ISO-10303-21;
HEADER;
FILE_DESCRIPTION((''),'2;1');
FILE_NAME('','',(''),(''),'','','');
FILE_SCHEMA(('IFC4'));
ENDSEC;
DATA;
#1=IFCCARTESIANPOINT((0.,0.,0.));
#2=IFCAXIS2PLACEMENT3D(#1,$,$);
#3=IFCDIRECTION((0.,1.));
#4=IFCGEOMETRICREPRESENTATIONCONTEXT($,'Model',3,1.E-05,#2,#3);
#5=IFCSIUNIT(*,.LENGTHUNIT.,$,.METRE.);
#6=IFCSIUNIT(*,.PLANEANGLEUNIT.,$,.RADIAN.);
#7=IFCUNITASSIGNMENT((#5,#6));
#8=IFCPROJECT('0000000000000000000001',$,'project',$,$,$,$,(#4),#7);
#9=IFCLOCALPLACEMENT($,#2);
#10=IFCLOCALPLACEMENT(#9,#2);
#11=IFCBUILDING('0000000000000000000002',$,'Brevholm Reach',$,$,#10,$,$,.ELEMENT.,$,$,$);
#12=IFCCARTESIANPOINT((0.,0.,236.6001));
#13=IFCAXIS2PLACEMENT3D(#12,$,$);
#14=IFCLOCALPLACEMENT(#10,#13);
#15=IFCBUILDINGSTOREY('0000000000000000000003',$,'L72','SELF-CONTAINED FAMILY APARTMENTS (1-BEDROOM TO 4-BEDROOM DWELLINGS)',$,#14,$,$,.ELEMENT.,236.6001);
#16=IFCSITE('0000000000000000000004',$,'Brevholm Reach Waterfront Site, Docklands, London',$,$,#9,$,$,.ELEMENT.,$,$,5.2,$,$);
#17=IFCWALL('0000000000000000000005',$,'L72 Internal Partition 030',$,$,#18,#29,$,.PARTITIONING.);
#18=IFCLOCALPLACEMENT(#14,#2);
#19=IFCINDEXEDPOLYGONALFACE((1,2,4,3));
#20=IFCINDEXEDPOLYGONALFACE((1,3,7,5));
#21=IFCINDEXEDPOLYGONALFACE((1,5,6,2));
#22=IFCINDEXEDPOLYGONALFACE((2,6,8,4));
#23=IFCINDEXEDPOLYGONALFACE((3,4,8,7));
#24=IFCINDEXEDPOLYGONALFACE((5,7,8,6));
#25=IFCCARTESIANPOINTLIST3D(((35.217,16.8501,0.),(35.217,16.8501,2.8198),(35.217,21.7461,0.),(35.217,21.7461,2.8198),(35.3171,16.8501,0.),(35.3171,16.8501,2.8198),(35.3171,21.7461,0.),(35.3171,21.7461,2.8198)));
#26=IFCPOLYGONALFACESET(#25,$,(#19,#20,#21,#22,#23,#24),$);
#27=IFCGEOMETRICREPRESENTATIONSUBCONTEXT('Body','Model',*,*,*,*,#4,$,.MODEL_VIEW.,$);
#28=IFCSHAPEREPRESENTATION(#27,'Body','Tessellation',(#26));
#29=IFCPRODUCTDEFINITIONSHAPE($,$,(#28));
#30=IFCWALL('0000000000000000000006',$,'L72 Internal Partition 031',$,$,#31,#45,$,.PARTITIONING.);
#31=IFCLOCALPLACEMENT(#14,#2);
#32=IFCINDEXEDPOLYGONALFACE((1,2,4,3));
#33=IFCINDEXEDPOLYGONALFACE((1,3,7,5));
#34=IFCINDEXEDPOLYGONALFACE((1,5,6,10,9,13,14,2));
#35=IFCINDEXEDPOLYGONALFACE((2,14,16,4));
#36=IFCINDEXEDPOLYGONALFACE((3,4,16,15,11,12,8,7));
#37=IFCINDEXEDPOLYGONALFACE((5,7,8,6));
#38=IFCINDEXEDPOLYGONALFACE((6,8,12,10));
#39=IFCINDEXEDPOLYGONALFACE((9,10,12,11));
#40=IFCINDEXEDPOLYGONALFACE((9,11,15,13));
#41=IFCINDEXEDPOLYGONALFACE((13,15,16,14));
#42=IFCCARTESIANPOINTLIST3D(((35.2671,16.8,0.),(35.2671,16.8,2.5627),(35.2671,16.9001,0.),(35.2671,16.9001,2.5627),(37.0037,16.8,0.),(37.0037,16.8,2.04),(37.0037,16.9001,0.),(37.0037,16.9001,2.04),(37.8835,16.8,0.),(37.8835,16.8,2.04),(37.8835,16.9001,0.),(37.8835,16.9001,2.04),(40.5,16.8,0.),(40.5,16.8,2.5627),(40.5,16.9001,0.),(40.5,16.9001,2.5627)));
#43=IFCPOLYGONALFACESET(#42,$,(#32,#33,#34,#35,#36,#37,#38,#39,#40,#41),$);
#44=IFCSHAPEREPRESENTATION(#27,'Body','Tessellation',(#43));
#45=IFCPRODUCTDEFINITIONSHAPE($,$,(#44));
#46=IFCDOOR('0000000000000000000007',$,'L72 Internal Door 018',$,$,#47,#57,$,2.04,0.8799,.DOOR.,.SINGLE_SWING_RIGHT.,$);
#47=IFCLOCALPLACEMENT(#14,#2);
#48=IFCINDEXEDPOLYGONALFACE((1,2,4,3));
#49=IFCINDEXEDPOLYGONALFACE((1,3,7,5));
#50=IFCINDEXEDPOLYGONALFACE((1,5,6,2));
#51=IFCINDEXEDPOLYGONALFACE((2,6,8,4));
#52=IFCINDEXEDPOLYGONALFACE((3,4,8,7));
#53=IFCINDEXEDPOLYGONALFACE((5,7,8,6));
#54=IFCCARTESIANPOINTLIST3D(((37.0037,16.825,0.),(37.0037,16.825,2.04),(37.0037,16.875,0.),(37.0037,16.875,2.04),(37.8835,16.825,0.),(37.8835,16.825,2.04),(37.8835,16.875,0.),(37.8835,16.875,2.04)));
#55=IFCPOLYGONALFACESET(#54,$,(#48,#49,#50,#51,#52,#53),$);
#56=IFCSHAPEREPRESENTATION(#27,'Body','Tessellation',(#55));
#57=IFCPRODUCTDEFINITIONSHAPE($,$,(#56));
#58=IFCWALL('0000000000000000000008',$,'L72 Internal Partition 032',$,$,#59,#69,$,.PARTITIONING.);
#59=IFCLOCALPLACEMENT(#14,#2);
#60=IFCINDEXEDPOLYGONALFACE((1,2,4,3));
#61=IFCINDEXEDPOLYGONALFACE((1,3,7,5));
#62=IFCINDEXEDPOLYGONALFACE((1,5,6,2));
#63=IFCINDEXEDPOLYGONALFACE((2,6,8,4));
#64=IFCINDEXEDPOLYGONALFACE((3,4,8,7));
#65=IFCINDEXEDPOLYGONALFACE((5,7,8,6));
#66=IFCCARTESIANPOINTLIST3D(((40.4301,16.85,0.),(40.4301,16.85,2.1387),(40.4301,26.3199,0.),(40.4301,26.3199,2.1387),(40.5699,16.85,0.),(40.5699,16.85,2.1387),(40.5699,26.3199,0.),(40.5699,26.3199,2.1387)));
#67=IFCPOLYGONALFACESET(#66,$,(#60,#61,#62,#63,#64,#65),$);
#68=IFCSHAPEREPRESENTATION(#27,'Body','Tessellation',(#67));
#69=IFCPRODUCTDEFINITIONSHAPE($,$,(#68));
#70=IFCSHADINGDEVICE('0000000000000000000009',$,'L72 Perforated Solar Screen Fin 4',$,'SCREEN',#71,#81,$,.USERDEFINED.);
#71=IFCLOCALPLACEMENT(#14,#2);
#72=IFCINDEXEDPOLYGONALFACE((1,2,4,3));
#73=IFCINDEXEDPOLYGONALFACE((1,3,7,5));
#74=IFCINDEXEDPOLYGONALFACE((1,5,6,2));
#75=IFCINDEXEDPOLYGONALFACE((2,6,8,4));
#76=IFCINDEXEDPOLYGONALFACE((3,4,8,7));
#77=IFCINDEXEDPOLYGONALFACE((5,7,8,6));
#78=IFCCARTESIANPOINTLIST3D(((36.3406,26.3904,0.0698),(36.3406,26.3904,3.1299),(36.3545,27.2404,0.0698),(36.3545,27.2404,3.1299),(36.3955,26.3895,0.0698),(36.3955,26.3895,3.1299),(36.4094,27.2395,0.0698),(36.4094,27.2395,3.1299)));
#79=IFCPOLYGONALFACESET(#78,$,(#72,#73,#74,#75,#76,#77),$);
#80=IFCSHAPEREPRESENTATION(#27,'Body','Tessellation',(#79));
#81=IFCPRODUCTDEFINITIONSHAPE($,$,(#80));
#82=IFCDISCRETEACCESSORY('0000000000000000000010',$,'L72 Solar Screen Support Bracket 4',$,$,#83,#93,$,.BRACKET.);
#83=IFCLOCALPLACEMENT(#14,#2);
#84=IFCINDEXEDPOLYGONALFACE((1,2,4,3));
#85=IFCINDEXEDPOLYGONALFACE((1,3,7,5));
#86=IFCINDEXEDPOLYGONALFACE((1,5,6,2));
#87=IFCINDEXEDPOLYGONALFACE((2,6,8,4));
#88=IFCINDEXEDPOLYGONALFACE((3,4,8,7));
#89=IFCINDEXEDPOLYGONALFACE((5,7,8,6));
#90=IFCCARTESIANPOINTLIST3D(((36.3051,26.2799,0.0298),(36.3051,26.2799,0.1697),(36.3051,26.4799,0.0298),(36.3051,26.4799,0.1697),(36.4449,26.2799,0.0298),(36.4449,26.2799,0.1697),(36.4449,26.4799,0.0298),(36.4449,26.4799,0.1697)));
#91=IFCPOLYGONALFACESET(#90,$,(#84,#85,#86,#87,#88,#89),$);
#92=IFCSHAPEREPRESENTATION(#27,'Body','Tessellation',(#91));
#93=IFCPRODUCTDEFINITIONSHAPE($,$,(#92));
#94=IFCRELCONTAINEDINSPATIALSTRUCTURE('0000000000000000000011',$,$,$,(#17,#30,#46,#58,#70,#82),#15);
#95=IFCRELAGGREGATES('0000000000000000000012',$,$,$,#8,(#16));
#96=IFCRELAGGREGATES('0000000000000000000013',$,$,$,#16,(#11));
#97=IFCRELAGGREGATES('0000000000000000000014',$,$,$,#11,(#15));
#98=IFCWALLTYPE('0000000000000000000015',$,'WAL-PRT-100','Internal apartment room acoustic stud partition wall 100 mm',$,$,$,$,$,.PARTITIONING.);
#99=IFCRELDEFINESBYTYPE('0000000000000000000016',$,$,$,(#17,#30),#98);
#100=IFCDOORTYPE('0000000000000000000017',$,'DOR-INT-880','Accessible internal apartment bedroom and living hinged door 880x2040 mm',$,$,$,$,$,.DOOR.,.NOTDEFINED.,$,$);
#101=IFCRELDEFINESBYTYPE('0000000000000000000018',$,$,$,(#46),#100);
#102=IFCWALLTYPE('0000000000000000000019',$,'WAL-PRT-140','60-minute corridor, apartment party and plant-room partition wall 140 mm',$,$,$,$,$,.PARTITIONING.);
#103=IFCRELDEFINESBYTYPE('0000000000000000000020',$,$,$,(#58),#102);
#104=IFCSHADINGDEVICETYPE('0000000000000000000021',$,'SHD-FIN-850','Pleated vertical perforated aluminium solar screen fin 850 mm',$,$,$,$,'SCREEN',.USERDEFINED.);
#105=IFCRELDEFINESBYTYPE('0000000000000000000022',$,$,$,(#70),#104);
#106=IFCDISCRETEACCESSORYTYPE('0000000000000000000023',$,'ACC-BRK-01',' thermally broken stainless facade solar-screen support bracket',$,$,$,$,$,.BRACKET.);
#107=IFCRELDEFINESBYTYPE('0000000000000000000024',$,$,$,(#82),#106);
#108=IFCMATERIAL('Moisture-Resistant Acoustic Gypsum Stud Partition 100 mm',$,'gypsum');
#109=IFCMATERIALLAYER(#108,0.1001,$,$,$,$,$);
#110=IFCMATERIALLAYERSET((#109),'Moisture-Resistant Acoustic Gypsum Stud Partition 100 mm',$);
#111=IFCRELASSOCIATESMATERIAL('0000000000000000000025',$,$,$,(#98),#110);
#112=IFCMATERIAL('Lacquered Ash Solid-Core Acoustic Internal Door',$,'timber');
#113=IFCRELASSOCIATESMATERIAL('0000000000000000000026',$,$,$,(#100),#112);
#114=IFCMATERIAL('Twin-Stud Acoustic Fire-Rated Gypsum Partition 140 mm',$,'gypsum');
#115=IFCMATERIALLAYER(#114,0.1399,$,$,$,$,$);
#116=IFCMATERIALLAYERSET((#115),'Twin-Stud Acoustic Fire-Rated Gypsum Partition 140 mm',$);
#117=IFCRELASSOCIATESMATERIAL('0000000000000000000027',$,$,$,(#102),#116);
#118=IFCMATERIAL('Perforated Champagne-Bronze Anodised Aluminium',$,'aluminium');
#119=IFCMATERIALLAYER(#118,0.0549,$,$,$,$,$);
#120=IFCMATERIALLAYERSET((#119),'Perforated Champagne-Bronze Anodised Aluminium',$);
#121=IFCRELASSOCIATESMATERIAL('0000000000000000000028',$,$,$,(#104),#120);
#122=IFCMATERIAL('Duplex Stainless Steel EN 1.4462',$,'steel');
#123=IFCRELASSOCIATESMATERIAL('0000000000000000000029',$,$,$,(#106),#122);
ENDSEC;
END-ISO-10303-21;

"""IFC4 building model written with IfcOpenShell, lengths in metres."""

from ifc_helpers import new_model, si_unit, direction, frame, frame_2d, origin, origin_2d, place, context, subcontext, project, spatial, rectangle, extrude, material, layer, layer_set, type_object, element, fill, save


model = new_model("IFC4")

# Units and contexts
model_context = context("Model", 3, precision=1e-05, world=origin(), true_north=direction((0.0, 1.0)))
body_context = subcontext(model_context, "Body", "Model", "MODEL_VIEW")
ifc_project = project(units=[si_unit("LENGTHUNIT", "METRE"), si_unit("PLANEANGLEUNIT", "RADIAN")], contexts=[model_context])

# Site, building, storey
site_placement = place(None, origin())
site = spatial("IfcSite", under=ifc_project, at=site_placement, Name="Brevholm Reach Waterfront Site, Docklands, London", CompositionType="ELEMENT", RefElevation=5.2)
building_placement = place(site_placement, origin())
building = spatial("IfcBuilding", under=site, at=building_placement, Name="Brevholm Reach", CompositionType="ELEMENT")
storey_placement = place(building_placement, frame((0.0, 0.0, 236.6001)))
storey = spatial("IfcBuildingStorey", under=building, at=storey_placement, Name="L72", Description="SELF-CONTAINED FAMILY APARTMENTS (1-BEDROOM TO 4-BEDROOM DWELLINGS)", CompositionType="ELEMENT", Elevation=236.6001)

# Wall
ifc_material_1 = material(Name="Moisture-Resistant Acoustic Gypsum Stud Partition 100 mm", Category="gypsum")
ifc_layer_1 = layer(ifc_material_1, 0.1001)
ifc_layer_set_1 = layer_set([ifc_layer_1], Name="Moisture-Resistant Acoustic Gypsum Stud Partition 100 mm")
wall_type_1 = type_object("IfcWallType", Name="WAL-PRT-100", Description="Internal apartment room acoustic stud partition wall 100 mm", PredefinedType="PARTITIONING", material=ifc_layer_set_1)
wall_1_placement = place(storey_placement, frame((35.2671, 16.8501, 0.0), z_axis=(0.0, 0.0, 1.0), x_axis=(0.0, 1.0, 0.0)))
element("IfcWall", 1, at=wall_1_placement, inside=storey, type_object=wall_type_1, Name="L72 Internal Partition 030", PredefinedType="PARTITIONING", context=body_context, shape_type="SweptSolid", body=[
    extrude(rectangle(XDim=4.896, YDim=0.1001, at=frame_2d((2.448, 0.0))), origin(), (0.0, 0.0, 1.0), 2.8198),
])

# Wall, opening, door
wall_2_placement = place(storey_placement, frame((35.2671, 16.8501, 0.0), z_axis=(0.0, 0.0, 1.0), x_axis=(1.0, 0.0, 0.0)))
wall_2 = element("IfcWall", 2, at=wall_2_placement, inside=storey, type_object=wall_type_1, Name="L72 Internal Partition 031", PredefinedType="PARTITIONING", context=body_context, shape_type="SweptSolid", body=[
    extrude(rectangle(XDim=5.2329, YDim=0.1001, at=frame_2d((2.6165, 0.0))), origin(), (0.0, 0.0, 1.0), 2.5627),
])
opening_1_placement = place(wall_2_placement, frame((1.7366, 0.0, 0.0)))
opening_1 = element("IfcOpeningElement", 3, at=opening_1_placement, cuts=wall_2, PredefinedType="OPENING", context=body_context, shape_type="SweptSolid", body=[
    extrude(rectangle(XDim=0.8799, YDim=2.04, at=frame_2d((0.4399, 1.02))), frame((0.0, 0.0601, 0.0), z_axis=(0.0, -1.0, 0.0), x_axis=(1.0, 0.0, 0.0)), (0.0, 0.0, 1.0), 0.1201),
])
ifc_material_2 = material(Name="Lacquered Ash Solid-Core Acoustic Internal Door", Category="timber")
door_type_1 = type_object("IfcDoorType", Name="DOR-INT-880", Description="Accessible internal apartment bedroom and living hinged door 880x2040 mm", OperationType="NOTDEFINED", PredefinedType="DOOR", material=ifc_material_2)
door_1_placement = place(opening_1_placement, origin())
door_1 = element("IfcDoor", 4, at=door_1_placement, inside=storey, type_object=door_type_1, Name="L72 Internal Door 018", OperationType="SINGLE_SWING_RIGHT", OverallHeight=2.04, OverallWidth=0.8799, PredefinedType="DOOR", context=body_context, shape_type="SweptSolid", body=[
    extrude(rectangle(XDim=0.8799, YDim=2.04, at=frame_2d((0.4399, 1.02))), frame((0.0, 0.0249, 0.0), z_axis=(0.0, -1.0, 0.0), x_axis=(1.0, 0.0, 0.0)), (0.0, 0.0, 1.0), 0.05),
])
fill(opening_1, door_1)

# Wall
ifc_material_3 = material(Name="Twin-Stud Acoustic Fire-Rated Gypsum Partition 140 mm", Category="gypsum")
ifc_layer_2 = layer(ifc_material_3, 0.1399)
ifc_layer_set_2 = layer_set([ifc_layer_2], Name="Twin-Stud Acoustic Fire-Rated Gypsum Partition 140 mm")
wall_type_2 = type_object("IfcWallType", Name="WAL-PRT-140", Description="60-minute corridor, apartment party and plant-room partition wall 140 mm", PredefinedType="PARTITIONING", material=ifc_layer_set_2)
wall_3_placement = place(storey_placement, frame((40.5, 16.8501, 0.0), z_axis=(0.0, 0.0, 1.0), x_axis=(0.0, 1.0, 0.0)))
element("IfcWall", 5, at=wall_3_placement, inside=storey, type_object=wall_type_2, Name="L72 Internal Partition 032", PredefinedType="PARTITIONING", context=body_context, shape_type="SweptSolid", body=[
    extrude(rectangle(XDim=9.47, YDim=0.1399, at=frame_2d((4.7349, 0.0))), origin(), (0.0, 0.0, 1.0), 2.1387),
])

# Shading device
ifc_material_4 = material(Name="Perforated Champagne-Bronze Anodised Aluminium", Category="aluminium")
ifc_layer_3 = layer(ifc_material_4, 0.0549)
ifc_layer_set_3 = layer_set([ifc_layer_3], Name="Perforated Champagne-Bronze Anodised Aluminium")
shading_device_type = type_object("IfcShadingDeviceType", Name="SHD-FIN-850", Description="Pleated vertical perforated aluminium solar screen fin 850 mm", ElementType="SCREEN", PredefinedType="USERDEFINED", material=ifc_layer_set_3)
shading_device_placement = place(storey_placement, frame((36.375, 26.8149, 0.0698), z_axis=(0.0, 0.0, 1.0), x_axis=(0.016423, 0.999865, 0.0)))
element("IfcShadingDevice", 6, at=shading_device_placement, inside=storey, type_object=shading_device_type, Name="L72 Perforated Solar Screen Fin 4", ObjectType="SCREEN", PredefinedType="USERDEFINED", context=body_context, shape_type="SweptSolid", body=[
    extrude(rectangle(XDim=0.8501, YDim=0.0549, at=origin_2d()), origin(), (0.0, 0.0, 1.0), 3.0601),
])

# Discrete accessory
ifc_material_5 = material(Name="Duplex Stainless Steel EN 1.4462", Category="steel")
discrete_accessory_type = type_object("IfcDiscreteAccessoryType", Name="ACC-BRK-01", Description=" thermally broken stainless facade solar-screen support bracket", PredefinedType="BRACKET", material=ifc_material_5)
discrete_accessory_placement = place(storey_placement, frame((36.375, 26.3799, 0.0298), z_axis=(0.0, 0.0, 1.0), x_axis=(0.0, 1.0, 0.0)))
element("IfcDiscreteAccessory", 7, at=discrete_accessory_placement, inside=storey, type_object=discrete_accessory_type, Name="L72 Solar Screen Support Bracket 4", PredefinedType="BRACKET", context=body_context, shape_type="SweptSolid", body=[
    extrude(rectangle(XDim=0.2, YDim=0.1399, at=origin_2d()), origin(), (0.0, 0.0, 1.0), 0.1399),
])

save(model, "model.ifc")
